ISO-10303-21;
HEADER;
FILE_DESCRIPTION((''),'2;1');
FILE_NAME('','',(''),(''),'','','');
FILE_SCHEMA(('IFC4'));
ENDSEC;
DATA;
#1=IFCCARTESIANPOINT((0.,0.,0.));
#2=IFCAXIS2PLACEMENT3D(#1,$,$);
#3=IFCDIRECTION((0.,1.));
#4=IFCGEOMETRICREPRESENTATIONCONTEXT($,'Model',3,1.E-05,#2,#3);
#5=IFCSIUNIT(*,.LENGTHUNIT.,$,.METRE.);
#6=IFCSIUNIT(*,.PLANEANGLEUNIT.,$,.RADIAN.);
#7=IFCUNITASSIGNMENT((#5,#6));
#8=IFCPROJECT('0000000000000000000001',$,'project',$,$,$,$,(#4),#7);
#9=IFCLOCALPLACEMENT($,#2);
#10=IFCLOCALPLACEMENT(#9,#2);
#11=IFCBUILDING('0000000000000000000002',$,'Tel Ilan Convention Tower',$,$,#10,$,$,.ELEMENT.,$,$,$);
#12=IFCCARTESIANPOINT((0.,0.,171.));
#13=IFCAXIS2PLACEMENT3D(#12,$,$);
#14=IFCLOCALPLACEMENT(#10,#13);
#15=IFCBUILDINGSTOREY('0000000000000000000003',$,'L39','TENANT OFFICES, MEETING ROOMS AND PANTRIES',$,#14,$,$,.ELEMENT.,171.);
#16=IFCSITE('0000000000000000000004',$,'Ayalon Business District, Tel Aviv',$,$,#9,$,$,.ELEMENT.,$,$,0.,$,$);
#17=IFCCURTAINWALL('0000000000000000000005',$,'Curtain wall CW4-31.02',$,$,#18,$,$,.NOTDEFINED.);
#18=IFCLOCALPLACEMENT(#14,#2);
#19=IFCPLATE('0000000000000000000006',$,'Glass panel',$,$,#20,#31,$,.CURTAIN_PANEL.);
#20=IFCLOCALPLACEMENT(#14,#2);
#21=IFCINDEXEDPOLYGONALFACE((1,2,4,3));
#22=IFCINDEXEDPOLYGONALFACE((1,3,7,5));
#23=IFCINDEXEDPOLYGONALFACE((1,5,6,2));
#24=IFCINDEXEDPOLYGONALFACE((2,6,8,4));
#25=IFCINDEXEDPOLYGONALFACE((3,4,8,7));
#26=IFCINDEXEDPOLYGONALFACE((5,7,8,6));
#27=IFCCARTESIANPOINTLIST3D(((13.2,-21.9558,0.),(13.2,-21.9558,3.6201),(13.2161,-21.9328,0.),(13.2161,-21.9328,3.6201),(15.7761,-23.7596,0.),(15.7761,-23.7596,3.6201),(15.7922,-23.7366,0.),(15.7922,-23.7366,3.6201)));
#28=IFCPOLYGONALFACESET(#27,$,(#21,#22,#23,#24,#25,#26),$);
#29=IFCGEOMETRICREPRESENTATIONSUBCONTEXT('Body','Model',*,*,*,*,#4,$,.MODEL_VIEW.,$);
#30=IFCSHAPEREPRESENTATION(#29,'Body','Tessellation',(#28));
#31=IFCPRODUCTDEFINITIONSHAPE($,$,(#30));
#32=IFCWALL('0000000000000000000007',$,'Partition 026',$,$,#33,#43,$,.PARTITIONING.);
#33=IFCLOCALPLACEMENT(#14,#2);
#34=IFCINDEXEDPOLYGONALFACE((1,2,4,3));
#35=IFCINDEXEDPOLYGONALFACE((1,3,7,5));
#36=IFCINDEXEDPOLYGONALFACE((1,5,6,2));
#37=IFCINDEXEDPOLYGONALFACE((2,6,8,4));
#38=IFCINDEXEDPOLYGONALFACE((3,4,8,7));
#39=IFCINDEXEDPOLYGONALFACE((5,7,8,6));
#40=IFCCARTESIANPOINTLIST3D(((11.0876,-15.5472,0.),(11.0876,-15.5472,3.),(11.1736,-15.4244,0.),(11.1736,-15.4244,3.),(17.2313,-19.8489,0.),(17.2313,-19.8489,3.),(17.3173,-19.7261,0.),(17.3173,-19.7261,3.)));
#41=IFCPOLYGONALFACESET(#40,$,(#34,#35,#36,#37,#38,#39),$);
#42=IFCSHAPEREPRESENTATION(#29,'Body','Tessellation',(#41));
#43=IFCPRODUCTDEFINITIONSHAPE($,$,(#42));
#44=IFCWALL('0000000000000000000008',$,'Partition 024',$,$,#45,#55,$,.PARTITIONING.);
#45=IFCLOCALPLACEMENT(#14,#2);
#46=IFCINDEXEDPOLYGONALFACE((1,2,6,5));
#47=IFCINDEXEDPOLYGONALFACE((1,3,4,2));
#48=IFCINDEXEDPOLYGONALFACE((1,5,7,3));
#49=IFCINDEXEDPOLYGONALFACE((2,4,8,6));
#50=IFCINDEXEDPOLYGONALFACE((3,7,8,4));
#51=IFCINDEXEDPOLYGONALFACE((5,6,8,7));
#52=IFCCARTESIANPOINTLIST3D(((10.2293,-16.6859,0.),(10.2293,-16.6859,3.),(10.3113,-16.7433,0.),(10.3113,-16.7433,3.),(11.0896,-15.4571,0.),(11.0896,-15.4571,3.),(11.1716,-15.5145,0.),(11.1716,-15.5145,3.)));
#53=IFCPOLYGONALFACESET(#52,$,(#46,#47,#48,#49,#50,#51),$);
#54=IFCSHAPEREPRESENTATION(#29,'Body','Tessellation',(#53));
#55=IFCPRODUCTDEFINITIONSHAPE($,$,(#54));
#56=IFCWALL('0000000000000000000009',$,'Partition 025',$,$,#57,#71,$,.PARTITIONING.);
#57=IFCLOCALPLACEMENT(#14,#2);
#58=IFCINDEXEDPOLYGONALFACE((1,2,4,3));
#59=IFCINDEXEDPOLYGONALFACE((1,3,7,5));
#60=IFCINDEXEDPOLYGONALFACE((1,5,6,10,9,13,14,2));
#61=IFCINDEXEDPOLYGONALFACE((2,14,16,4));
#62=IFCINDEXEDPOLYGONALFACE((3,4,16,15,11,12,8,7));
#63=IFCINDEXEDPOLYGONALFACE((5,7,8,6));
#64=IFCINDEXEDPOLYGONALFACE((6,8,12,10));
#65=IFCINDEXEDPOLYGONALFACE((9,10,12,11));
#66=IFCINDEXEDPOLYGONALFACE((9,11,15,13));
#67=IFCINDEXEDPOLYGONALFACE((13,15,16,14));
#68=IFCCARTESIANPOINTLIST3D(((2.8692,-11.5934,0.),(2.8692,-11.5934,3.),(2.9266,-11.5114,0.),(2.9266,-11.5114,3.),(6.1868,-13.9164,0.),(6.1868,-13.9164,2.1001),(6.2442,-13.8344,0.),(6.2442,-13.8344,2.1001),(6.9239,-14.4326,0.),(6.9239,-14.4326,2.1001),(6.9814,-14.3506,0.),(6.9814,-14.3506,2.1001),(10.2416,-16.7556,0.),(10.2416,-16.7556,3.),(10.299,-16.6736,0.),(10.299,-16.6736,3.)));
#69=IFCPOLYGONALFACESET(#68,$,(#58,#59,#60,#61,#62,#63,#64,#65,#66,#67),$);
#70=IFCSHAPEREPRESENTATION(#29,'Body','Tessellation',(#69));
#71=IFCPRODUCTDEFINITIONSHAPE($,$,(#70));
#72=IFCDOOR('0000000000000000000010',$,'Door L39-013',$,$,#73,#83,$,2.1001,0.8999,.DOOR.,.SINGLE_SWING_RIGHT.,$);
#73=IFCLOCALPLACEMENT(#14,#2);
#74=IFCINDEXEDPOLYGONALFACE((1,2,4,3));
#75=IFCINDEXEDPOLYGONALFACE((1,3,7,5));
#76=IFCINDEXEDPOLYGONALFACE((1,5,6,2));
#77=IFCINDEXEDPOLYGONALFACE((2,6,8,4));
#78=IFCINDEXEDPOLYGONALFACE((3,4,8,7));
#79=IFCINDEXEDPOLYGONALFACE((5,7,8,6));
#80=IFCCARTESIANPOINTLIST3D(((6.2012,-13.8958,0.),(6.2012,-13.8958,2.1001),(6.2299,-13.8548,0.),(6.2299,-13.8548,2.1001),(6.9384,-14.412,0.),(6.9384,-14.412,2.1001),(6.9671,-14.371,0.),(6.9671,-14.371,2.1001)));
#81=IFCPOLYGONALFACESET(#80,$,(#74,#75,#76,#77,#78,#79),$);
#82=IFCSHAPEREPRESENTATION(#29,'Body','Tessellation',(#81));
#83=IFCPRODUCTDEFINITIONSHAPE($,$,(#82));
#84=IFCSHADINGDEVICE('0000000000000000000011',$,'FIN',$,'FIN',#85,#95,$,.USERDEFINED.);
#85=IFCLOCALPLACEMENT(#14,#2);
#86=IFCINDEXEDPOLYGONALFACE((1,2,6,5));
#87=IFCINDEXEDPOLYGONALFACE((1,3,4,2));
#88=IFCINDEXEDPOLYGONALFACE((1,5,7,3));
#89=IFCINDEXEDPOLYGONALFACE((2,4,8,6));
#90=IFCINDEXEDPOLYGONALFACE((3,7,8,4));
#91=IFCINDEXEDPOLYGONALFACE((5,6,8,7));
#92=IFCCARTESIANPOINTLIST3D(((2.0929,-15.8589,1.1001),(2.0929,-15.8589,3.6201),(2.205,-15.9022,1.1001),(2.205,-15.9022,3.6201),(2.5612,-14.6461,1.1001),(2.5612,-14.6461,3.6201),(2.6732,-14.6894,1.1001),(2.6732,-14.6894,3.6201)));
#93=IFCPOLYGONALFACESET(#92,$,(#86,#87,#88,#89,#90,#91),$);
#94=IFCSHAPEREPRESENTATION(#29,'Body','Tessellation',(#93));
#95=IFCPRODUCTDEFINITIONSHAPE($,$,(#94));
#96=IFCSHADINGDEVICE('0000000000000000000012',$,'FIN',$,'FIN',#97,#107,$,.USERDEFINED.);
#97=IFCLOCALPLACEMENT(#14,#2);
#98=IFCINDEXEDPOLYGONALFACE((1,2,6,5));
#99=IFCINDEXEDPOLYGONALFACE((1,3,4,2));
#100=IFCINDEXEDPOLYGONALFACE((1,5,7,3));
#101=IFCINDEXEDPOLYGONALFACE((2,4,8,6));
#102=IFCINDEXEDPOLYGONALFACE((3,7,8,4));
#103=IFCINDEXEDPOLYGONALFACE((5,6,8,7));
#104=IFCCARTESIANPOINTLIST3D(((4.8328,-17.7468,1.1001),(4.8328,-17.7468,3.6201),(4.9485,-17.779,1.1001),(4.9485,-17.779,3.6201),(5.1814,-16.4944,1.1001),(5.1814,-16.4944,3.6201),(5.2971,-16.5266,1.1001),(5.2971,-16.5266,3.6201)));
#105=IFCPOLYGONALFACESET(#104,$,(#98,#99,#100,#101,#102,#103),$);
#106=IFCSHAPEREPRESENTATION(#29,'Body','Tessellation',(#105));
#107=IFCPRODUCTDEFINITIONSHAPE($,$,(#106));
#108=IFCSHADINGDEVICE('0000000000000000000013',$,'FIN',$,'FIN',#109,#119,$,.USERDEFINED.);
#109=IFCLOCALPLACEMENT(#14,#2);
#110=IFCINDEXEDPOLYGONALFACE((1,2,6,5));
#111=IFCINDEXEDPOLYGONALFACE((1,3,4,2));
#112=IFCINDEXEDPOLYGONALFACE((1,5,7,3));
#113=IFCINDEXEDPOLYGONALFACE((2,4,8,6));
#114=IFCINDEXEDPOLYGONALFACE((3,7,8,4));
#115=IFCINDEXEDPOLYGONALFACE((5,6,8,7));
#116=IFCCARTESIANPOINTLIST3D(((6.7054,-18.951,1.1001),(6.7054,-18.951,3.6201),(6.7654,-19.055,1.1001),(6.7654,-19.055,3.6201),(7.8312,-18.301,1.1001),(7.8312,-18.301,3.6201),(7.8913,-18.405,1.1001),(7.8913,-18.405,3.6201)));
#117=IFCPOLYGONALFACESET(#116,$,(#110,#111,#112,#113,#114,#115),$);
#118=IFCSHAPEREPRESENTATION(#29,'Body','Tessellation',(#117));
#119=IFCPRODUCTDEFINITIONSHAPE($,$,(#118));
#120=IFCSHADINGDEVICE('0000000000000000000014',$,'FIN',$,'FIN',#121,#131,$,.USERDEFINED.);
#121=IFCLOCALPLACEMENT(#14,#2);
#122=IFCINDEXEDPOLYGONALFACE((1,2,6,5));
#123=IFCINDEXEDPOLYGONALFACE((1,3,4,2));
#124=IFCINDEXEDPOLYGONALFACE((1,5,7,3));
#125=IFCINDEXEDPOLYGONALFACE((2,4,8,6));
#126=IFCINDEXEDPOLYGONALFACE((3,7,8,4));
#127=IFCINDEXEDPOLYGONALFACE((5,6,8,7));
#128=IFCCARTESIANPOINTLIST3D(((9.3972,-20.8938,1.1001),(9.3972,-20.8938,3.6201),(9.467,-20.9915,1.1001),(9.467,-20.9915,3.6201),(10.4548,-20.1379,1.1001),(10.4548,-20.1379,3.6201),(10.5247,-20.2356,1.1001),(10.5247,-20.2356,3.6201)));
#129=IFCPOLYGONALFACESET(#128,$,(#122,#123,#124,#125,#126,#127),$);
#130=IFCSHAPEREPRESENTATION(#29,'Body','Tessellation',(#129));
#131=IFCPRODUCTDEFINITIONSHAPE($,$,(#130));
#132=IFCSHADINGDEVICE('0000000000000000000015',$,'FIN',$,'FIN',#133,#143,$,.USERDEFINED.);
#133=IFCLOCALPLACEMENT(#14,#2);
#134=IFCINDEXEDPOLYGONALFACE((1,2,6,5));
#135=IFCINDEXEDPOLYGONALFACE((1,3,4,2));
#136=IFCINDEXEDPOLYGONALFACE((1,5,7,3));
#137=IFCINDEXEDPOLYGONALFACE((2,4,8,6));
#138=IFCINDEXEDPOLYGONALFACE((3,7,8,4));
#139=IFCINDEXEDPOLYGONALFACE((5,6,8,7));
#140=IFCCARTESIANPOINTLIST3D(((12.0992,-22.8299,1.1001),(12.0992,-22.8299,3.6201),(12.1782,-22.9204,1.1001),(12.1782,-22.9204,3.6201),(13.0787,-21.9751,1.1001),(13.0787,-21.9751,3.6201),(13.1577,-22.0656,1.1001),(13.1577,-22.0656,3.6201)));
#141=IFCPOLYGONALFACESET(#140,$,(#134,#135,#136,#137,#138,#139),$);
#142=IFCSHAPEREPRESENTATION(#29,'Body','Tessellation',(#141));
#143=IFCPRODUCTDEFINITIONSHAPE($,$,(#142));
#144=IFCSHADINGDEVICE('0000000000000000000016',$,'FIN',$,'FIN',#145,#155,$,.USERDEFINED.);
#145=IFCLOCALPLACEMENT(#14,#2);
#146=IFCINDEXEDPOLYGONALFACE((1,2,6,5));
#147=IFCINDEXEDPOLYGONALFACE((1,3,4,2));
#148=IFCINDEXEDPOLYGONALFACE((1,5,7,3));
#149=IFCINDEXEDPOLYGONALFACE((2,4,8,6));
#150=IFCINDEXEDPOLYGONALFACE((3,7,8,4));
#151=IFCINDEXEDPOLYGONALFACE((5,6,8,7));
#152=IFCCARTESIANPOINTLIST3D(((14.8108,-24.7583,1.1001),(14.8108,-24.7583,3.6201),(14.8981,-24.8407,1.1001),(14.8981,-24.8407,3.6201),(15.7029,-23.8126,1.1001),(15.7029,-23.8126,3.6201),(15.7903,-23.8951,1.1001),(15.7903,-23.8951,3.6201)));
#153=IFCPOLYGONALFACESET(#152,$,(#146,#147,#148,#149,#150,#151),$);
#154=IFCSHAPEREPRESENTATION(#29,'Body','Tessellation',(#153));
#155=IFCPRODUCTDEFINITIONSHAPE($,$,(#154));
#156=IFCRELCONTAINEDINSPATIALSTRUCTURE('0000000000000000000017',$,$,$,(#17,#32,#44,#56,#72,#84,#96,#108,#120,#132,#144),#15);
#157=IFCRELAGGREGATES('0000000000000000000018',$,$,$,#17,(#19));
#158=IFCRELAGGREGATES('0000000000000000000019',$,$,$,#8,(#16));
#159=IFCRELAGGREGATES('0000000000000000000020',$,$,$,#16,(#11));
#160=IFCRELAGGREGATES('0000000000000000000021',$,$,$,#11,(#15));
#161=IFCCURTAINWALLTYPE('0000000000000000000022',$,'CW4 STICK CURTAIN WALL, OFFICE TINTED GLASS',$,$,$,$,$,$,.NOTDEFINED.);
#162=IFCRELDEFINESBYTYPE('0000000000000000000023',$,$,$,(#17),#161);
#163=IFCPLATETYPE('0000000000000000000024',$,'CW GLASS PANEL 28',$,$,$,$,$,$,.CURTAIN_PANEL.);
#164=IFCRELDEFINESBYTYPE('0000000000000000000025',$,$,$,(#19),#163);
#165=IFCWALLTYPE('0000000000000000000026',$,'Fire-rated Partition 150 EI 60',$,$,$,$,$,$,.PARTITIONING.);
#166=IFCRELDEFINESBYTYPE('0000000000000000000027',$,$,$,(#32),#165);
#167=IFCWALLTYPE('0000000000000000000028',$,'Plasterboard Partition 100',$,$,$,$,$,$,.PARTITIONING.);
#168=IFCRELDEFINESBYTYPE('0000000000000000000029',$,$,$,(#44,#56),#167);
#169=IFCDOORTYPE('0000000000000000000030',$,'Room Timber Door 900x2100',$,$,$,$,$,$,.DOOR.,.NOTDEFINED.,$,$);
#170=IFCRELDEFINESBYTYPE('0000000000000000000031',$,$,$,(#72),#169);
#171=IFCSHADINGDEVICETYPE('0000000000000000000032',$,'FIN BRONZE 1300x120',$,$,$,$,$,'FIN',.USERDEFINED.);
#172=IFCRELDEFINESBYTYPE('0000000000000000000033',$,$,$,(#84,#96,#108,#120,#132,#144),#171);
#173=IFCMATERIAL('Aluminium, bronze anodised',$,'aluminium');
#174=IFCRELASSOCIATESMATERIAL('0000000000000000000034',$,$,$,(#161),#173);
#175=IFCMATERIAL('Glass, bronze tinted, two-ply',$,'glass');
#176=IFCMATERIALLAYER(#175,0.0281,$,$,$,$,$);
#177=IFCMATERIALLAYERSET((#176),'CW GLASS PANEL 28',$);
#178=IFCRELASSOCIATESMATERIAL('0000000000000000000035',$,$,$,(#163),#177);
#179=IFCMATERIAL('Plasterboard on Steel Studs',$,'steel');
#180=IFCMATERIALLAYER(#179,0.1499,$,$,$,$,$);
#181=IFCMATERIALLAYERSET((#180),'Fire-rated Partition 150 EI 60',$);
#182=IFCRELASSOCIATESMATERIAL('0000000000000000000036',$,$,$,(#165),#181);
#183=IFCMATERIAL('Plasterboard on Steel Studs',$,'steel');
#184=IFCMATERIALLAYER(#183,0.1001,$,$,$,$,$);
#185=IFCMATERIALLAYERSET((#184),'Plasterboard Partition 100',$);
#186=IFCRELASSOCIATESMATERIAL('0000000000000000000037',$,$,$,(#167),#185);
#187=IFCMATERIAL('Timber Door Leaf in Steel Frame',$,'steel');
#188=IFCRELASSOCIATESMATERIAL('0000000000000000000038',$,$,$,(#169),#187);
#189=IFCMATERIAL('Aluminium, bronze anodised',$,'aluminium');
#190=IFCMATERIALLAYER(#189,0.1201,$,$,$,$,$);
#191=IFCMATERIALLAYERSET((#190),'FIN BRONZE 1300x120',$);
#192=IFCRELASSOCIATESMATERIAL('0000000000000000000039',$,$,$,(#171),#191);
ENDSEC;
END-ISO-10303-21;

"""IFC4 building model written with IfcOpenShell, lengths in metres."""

from ifc_helpers import new_model, si_unit, direction, frame, frame_2d, origin, origin_2d, place, context, subcontext, project, spatial, rectangle, extrude, material, layer, layer_set, type_object, element, fill, aggregate, save


model = new_model("IFC4")

# Units and contexts
model_context = context("Model", 3, precision=1e-05, world=origin(), true_north=direction((0.0, 1.0)))
body_context = subcontext(model_context, "Body", "Model", "MODEL_VIEW")
ifc_project = project(units=[si_unit("LENGTHUNIT", "METRE"), si_unit("PLANEANGLEUNIT", "RADIAN")], contexts=[model_context])

# Site, building, storey
site_placement = place(None, origin())
site = spatial("IfcSite", under=ifc_project, at=site_placement, Name="Ayalon Business District, Tel Aviv", CompositionType="ELEMENT", RefElevation=0.0)
building_placement = place(site_placement, origin())
building = spatial("IfcBuilding", under=site, at=building_placement, Name="Tel Ilan Convention Tower", CompositionType="ELEMENT")
storey_placement = place(building_placement, frame((0.0, 0.0, 171.0)))
storey = spatial("IfcBuildingStorey", under=building, at=storey_placement, Name="L39", Description="TENANT OFFICES, MEETING ROOMS AND PANTRIES", CompositionType="ELEMENT", Elevation=171.0)

# Curtain wall, plate
ifc_material_1 = material(Name="Aluminium, bronze anodised", Category="aluminium")
curtain_wall_type = type_object("IfcCurtainWallType", Name="CW4 STICK CURTAIN WALL, OFFICE TINTED GLASS", PredefinedType="NOTDEFINED", material=ifc_material_1)
curtain_wall_placement = place(storey_placement, origin())
curtain_wall = element("IfcCurtainWall", 1, at=curtain_wall_placement, inside=storey, type_object=curtain_wall_type, Name="Curtain wall CW4-31.02", PredefinedType="NOTDEFINED")
ifc_material_2 = material(Name="Glass, bronze tinted, two-ply", Category="glass")
ifc_layer_1 = layer(ifc_material_2, 0.0281)
ifc_layer_set_1 = layer_set([ifc_layer_1], Name="CW GLASS PANEL 28")
plate_type = type_object("IfcPlateType", Name="CW GLASS PANEL 28", PredefinedType="CURTAIN_PANEL", material=ifc_layer_set_1)
plate_1_placement = place(storey_placement, frame((14.4961, -22.8462, 0.0), z_axis=(0.0, 0.0, 1.0), x_axis=(0.819152, -0.573576, 0.0)))
plate_1 = element("IfcPlate", 2, at=plate_1_placement, type_object=plate_type, Name="Glass panel", PredefinedType="CURTAIN_PANEL", context=body_context, shape_type="SweptSolid", body=[
    extrude(rectangle(XDim=3.1448, YDim=0.0281, at=origin_2d()), origin(), (0.0, 0.0, 1.0), 3.6201),
])
aggregate(curtain_wall, [plate_1])

# Walls
ifc_material_3 = material(Name="Plasterboard on Steel Studs", Category="steel")
ifc_layer_2 = layer(ifc_material_3, 0.1499)
ifc_layer_set_2 = layer_set([ifc_layer_2], Name="Fire-rated Partition 150 EI 60")
wall_type_1 = type_object("IfcWallType", Name="Fire-rated Partition 150 EI 60", PredefinedType="PARTITIONING", material=ifc_layer_set_2)
wall_1_placement = place(storey_placement, frame((11.1306, -15.4858, 0.0), z_axis=(0.0, 0.0, 1.0), x_axis=(0.819163, -0.573561, 0.0)))
element("IfcWall", 3, at=wall_1_placement, inside=storey, type_object=wall_type_1, Name="Partition 026", PredefinedType="PARTITIONING", context=body_context, shape_type="SweptSolid", body=[
    extrude(rectangle(XDim=7.5, YDim=0.1499, at=frame_2d((3.75, 0.0))), origin(), (0.0, 0.0, 1.0), 3.0),
])
ifc_material_4 = material(Name="Plasterboard on Steel Studs", Category="steel")
ifc_layer_3 = layer(ifc_material_4, 0.1001)
ifc_layer_set_3 = layer_set([ifc_layer_3], Name="Plasterboard Partition 100")
wall_type_2 = type_object("IfcWallType", Name="Plasterboard Partition 100", PredefinedType="PARTITIONING", material=ifc_layer_set_3)
wall_2_placement = place(storey_placement, frame((11.1306, -15.4858, 0.0), z_axis=(0.0, 0.0, 1.0), x_axis=(-0.573561, -0.819163, 0.0)))
element("IfcWall", 4, at=wall_2_placement, inside=storey, type_object=wall_type_2, Name="Partition 024", PredefinedType="PARTITIONING", context=body_context, shape_type="SweptSolid", body=[
    extrude(rectangle(XDim=1.5, YDim=0.1001, at=frame_2d((0.75, 0.0))), origin(), (0.0, 0.0, 1.0), 3.0),
])

# Wall, opening, door
wall_3_placement = place(storey_placement, frame((10.2703, -16.7146, 0.0), z_axis=(0.0, 0.0, 1.0), x_axis=(-0.819154, 0.573573, 0.0)))
wall_3 = element("IfcWall", 5, at=wall_3_placement, inside=storey, type_object=wall_type_2, Name="Partition 025", PredefinedType="PARTITIONING", context=body_context, shape_type="SweptSolid", body=[
    extrude(rectangle(XDim=9.0, YDim=0.1001, at=frame_2d((4.5, 0.0))), origin(), (0.0, 0.0, 1.0), 3.0),
])
opening_placement = place(wall_3_placement, frame((4.05, 0.0, 0.0)))
opening = element("IfcOpeningElement", 6, at=opening_placement, cuts=wall_3, PredefinedType="OPENING", context=body_context, shape_type="SweptSolid", body=[
    extrude(rectangle(XDim=0.8999, YDim=2.1001, at=frame_2d((0.45, 1.05))), frame((0.0, 0.0601, 0.0), z_axis=(0.0, -1.0, 0.0), x_axis=(1.0, 0.0, 0.0)), (0.0, 0.0, 1.0), 0.1201),
])
ifc_material_5 = material(Name="Timber Door Leaf in Steel Frame", Category="steel")
door_type = type_object("IfcDoorType", Name="Room Timber Door 900x2100", OperationType="NOTDEFINED", PredefinedType="DOOR", material=ifc_material_5)
door_placement = place(opening_placement, origin())
door = element("IfcDoor", 7, at=door_placement, inside=storey, type_object=door_type, Name="Door L39-013", OperationType="SINGLE_SWING_RIGHT", OverallHeight=2.1001, OverallWidth=0.8999, PredefinedType="DOOR", context=body_context, shape_type="SweptSolid", body=[
    extrude(rectangle(XDim=0.8999, YDim=2.1001, at=frame_2d((0.45, 1.05))), frame((0.0, 0.0249, 0.0), z_axis=(0.0, -1.0, 0.0), x_axis=(1.0, 0.0, 0.0)), (0.0, 0.0, 1.0), 0.05),
])
fill(opening, door)

# Shading devices
ifc_material_6 = material(Name="Aluminium, bronze anodised", Category="aluminium")
ifc_layer_4 = layer(ifc_material_6, 0.1201)
ifc_layer_set_4 = layer_set([ifc_layer_4], Name="FIN BRONZE 1300x120")
shading_device_type = type_object("IfcShadingDeviceType", Name="FIN BRONZE 1300x120", ElementType="FIN", PredefinedType="USERDEFINED", material=ifc_layer_set_4)
for number, where, z_axis, x_axis, name in (
    (8, (2.3831, -15.2742, 1.1001), (0.0, 0.0, 1.0), (-0.360178, -0.932884, 0.0), "FIN"),
    (9, (5.0649, -17.1367, 1.1001), (0.0, 0.0, 1.0), (-0.268173, -0.963371, 0.0), "FIN"),
    (10, (7.2983, -18.678, 1.1001), (0.0, 0.0, 1.0), (-0.866025, -0.5, 0.0), "FIN"),
    (11, (9.9609, -20.5647, 1.1001), (0.0, 0.0, 1.0), (-0.813552, -0.581492, 0.0), "FIN"),
    (12, (12.6284, -22.4478, 1.1001), (0.0, 0.0, 1.0), (-0.753436, -0.657521, 0.0), "FIN"),
    (13, (15.3005, -24.3267, 1.1001), (0.0, 0.0, 1.0), (-0.686242, -0.727374, 0.0), "FIN"),
):
    element("IfcShadingDevice", number, at=place(storey_placement, frame(where, z_axis=z_axis, x_axis=x_axis)), inside=storey, type_object=shading_device_type, Name=name, ObjectType="FIN", PredefinedType="USERDEFINED", context=body_context, shape_type="SweptSolid", body=[
        extrude(rectangle(XDim=1.3, YDim=0.1201, at=origin_2d()), origin(), (0.0, 0.0, 1.0), 2.52),
    ])

save(model, "model.ifc")
